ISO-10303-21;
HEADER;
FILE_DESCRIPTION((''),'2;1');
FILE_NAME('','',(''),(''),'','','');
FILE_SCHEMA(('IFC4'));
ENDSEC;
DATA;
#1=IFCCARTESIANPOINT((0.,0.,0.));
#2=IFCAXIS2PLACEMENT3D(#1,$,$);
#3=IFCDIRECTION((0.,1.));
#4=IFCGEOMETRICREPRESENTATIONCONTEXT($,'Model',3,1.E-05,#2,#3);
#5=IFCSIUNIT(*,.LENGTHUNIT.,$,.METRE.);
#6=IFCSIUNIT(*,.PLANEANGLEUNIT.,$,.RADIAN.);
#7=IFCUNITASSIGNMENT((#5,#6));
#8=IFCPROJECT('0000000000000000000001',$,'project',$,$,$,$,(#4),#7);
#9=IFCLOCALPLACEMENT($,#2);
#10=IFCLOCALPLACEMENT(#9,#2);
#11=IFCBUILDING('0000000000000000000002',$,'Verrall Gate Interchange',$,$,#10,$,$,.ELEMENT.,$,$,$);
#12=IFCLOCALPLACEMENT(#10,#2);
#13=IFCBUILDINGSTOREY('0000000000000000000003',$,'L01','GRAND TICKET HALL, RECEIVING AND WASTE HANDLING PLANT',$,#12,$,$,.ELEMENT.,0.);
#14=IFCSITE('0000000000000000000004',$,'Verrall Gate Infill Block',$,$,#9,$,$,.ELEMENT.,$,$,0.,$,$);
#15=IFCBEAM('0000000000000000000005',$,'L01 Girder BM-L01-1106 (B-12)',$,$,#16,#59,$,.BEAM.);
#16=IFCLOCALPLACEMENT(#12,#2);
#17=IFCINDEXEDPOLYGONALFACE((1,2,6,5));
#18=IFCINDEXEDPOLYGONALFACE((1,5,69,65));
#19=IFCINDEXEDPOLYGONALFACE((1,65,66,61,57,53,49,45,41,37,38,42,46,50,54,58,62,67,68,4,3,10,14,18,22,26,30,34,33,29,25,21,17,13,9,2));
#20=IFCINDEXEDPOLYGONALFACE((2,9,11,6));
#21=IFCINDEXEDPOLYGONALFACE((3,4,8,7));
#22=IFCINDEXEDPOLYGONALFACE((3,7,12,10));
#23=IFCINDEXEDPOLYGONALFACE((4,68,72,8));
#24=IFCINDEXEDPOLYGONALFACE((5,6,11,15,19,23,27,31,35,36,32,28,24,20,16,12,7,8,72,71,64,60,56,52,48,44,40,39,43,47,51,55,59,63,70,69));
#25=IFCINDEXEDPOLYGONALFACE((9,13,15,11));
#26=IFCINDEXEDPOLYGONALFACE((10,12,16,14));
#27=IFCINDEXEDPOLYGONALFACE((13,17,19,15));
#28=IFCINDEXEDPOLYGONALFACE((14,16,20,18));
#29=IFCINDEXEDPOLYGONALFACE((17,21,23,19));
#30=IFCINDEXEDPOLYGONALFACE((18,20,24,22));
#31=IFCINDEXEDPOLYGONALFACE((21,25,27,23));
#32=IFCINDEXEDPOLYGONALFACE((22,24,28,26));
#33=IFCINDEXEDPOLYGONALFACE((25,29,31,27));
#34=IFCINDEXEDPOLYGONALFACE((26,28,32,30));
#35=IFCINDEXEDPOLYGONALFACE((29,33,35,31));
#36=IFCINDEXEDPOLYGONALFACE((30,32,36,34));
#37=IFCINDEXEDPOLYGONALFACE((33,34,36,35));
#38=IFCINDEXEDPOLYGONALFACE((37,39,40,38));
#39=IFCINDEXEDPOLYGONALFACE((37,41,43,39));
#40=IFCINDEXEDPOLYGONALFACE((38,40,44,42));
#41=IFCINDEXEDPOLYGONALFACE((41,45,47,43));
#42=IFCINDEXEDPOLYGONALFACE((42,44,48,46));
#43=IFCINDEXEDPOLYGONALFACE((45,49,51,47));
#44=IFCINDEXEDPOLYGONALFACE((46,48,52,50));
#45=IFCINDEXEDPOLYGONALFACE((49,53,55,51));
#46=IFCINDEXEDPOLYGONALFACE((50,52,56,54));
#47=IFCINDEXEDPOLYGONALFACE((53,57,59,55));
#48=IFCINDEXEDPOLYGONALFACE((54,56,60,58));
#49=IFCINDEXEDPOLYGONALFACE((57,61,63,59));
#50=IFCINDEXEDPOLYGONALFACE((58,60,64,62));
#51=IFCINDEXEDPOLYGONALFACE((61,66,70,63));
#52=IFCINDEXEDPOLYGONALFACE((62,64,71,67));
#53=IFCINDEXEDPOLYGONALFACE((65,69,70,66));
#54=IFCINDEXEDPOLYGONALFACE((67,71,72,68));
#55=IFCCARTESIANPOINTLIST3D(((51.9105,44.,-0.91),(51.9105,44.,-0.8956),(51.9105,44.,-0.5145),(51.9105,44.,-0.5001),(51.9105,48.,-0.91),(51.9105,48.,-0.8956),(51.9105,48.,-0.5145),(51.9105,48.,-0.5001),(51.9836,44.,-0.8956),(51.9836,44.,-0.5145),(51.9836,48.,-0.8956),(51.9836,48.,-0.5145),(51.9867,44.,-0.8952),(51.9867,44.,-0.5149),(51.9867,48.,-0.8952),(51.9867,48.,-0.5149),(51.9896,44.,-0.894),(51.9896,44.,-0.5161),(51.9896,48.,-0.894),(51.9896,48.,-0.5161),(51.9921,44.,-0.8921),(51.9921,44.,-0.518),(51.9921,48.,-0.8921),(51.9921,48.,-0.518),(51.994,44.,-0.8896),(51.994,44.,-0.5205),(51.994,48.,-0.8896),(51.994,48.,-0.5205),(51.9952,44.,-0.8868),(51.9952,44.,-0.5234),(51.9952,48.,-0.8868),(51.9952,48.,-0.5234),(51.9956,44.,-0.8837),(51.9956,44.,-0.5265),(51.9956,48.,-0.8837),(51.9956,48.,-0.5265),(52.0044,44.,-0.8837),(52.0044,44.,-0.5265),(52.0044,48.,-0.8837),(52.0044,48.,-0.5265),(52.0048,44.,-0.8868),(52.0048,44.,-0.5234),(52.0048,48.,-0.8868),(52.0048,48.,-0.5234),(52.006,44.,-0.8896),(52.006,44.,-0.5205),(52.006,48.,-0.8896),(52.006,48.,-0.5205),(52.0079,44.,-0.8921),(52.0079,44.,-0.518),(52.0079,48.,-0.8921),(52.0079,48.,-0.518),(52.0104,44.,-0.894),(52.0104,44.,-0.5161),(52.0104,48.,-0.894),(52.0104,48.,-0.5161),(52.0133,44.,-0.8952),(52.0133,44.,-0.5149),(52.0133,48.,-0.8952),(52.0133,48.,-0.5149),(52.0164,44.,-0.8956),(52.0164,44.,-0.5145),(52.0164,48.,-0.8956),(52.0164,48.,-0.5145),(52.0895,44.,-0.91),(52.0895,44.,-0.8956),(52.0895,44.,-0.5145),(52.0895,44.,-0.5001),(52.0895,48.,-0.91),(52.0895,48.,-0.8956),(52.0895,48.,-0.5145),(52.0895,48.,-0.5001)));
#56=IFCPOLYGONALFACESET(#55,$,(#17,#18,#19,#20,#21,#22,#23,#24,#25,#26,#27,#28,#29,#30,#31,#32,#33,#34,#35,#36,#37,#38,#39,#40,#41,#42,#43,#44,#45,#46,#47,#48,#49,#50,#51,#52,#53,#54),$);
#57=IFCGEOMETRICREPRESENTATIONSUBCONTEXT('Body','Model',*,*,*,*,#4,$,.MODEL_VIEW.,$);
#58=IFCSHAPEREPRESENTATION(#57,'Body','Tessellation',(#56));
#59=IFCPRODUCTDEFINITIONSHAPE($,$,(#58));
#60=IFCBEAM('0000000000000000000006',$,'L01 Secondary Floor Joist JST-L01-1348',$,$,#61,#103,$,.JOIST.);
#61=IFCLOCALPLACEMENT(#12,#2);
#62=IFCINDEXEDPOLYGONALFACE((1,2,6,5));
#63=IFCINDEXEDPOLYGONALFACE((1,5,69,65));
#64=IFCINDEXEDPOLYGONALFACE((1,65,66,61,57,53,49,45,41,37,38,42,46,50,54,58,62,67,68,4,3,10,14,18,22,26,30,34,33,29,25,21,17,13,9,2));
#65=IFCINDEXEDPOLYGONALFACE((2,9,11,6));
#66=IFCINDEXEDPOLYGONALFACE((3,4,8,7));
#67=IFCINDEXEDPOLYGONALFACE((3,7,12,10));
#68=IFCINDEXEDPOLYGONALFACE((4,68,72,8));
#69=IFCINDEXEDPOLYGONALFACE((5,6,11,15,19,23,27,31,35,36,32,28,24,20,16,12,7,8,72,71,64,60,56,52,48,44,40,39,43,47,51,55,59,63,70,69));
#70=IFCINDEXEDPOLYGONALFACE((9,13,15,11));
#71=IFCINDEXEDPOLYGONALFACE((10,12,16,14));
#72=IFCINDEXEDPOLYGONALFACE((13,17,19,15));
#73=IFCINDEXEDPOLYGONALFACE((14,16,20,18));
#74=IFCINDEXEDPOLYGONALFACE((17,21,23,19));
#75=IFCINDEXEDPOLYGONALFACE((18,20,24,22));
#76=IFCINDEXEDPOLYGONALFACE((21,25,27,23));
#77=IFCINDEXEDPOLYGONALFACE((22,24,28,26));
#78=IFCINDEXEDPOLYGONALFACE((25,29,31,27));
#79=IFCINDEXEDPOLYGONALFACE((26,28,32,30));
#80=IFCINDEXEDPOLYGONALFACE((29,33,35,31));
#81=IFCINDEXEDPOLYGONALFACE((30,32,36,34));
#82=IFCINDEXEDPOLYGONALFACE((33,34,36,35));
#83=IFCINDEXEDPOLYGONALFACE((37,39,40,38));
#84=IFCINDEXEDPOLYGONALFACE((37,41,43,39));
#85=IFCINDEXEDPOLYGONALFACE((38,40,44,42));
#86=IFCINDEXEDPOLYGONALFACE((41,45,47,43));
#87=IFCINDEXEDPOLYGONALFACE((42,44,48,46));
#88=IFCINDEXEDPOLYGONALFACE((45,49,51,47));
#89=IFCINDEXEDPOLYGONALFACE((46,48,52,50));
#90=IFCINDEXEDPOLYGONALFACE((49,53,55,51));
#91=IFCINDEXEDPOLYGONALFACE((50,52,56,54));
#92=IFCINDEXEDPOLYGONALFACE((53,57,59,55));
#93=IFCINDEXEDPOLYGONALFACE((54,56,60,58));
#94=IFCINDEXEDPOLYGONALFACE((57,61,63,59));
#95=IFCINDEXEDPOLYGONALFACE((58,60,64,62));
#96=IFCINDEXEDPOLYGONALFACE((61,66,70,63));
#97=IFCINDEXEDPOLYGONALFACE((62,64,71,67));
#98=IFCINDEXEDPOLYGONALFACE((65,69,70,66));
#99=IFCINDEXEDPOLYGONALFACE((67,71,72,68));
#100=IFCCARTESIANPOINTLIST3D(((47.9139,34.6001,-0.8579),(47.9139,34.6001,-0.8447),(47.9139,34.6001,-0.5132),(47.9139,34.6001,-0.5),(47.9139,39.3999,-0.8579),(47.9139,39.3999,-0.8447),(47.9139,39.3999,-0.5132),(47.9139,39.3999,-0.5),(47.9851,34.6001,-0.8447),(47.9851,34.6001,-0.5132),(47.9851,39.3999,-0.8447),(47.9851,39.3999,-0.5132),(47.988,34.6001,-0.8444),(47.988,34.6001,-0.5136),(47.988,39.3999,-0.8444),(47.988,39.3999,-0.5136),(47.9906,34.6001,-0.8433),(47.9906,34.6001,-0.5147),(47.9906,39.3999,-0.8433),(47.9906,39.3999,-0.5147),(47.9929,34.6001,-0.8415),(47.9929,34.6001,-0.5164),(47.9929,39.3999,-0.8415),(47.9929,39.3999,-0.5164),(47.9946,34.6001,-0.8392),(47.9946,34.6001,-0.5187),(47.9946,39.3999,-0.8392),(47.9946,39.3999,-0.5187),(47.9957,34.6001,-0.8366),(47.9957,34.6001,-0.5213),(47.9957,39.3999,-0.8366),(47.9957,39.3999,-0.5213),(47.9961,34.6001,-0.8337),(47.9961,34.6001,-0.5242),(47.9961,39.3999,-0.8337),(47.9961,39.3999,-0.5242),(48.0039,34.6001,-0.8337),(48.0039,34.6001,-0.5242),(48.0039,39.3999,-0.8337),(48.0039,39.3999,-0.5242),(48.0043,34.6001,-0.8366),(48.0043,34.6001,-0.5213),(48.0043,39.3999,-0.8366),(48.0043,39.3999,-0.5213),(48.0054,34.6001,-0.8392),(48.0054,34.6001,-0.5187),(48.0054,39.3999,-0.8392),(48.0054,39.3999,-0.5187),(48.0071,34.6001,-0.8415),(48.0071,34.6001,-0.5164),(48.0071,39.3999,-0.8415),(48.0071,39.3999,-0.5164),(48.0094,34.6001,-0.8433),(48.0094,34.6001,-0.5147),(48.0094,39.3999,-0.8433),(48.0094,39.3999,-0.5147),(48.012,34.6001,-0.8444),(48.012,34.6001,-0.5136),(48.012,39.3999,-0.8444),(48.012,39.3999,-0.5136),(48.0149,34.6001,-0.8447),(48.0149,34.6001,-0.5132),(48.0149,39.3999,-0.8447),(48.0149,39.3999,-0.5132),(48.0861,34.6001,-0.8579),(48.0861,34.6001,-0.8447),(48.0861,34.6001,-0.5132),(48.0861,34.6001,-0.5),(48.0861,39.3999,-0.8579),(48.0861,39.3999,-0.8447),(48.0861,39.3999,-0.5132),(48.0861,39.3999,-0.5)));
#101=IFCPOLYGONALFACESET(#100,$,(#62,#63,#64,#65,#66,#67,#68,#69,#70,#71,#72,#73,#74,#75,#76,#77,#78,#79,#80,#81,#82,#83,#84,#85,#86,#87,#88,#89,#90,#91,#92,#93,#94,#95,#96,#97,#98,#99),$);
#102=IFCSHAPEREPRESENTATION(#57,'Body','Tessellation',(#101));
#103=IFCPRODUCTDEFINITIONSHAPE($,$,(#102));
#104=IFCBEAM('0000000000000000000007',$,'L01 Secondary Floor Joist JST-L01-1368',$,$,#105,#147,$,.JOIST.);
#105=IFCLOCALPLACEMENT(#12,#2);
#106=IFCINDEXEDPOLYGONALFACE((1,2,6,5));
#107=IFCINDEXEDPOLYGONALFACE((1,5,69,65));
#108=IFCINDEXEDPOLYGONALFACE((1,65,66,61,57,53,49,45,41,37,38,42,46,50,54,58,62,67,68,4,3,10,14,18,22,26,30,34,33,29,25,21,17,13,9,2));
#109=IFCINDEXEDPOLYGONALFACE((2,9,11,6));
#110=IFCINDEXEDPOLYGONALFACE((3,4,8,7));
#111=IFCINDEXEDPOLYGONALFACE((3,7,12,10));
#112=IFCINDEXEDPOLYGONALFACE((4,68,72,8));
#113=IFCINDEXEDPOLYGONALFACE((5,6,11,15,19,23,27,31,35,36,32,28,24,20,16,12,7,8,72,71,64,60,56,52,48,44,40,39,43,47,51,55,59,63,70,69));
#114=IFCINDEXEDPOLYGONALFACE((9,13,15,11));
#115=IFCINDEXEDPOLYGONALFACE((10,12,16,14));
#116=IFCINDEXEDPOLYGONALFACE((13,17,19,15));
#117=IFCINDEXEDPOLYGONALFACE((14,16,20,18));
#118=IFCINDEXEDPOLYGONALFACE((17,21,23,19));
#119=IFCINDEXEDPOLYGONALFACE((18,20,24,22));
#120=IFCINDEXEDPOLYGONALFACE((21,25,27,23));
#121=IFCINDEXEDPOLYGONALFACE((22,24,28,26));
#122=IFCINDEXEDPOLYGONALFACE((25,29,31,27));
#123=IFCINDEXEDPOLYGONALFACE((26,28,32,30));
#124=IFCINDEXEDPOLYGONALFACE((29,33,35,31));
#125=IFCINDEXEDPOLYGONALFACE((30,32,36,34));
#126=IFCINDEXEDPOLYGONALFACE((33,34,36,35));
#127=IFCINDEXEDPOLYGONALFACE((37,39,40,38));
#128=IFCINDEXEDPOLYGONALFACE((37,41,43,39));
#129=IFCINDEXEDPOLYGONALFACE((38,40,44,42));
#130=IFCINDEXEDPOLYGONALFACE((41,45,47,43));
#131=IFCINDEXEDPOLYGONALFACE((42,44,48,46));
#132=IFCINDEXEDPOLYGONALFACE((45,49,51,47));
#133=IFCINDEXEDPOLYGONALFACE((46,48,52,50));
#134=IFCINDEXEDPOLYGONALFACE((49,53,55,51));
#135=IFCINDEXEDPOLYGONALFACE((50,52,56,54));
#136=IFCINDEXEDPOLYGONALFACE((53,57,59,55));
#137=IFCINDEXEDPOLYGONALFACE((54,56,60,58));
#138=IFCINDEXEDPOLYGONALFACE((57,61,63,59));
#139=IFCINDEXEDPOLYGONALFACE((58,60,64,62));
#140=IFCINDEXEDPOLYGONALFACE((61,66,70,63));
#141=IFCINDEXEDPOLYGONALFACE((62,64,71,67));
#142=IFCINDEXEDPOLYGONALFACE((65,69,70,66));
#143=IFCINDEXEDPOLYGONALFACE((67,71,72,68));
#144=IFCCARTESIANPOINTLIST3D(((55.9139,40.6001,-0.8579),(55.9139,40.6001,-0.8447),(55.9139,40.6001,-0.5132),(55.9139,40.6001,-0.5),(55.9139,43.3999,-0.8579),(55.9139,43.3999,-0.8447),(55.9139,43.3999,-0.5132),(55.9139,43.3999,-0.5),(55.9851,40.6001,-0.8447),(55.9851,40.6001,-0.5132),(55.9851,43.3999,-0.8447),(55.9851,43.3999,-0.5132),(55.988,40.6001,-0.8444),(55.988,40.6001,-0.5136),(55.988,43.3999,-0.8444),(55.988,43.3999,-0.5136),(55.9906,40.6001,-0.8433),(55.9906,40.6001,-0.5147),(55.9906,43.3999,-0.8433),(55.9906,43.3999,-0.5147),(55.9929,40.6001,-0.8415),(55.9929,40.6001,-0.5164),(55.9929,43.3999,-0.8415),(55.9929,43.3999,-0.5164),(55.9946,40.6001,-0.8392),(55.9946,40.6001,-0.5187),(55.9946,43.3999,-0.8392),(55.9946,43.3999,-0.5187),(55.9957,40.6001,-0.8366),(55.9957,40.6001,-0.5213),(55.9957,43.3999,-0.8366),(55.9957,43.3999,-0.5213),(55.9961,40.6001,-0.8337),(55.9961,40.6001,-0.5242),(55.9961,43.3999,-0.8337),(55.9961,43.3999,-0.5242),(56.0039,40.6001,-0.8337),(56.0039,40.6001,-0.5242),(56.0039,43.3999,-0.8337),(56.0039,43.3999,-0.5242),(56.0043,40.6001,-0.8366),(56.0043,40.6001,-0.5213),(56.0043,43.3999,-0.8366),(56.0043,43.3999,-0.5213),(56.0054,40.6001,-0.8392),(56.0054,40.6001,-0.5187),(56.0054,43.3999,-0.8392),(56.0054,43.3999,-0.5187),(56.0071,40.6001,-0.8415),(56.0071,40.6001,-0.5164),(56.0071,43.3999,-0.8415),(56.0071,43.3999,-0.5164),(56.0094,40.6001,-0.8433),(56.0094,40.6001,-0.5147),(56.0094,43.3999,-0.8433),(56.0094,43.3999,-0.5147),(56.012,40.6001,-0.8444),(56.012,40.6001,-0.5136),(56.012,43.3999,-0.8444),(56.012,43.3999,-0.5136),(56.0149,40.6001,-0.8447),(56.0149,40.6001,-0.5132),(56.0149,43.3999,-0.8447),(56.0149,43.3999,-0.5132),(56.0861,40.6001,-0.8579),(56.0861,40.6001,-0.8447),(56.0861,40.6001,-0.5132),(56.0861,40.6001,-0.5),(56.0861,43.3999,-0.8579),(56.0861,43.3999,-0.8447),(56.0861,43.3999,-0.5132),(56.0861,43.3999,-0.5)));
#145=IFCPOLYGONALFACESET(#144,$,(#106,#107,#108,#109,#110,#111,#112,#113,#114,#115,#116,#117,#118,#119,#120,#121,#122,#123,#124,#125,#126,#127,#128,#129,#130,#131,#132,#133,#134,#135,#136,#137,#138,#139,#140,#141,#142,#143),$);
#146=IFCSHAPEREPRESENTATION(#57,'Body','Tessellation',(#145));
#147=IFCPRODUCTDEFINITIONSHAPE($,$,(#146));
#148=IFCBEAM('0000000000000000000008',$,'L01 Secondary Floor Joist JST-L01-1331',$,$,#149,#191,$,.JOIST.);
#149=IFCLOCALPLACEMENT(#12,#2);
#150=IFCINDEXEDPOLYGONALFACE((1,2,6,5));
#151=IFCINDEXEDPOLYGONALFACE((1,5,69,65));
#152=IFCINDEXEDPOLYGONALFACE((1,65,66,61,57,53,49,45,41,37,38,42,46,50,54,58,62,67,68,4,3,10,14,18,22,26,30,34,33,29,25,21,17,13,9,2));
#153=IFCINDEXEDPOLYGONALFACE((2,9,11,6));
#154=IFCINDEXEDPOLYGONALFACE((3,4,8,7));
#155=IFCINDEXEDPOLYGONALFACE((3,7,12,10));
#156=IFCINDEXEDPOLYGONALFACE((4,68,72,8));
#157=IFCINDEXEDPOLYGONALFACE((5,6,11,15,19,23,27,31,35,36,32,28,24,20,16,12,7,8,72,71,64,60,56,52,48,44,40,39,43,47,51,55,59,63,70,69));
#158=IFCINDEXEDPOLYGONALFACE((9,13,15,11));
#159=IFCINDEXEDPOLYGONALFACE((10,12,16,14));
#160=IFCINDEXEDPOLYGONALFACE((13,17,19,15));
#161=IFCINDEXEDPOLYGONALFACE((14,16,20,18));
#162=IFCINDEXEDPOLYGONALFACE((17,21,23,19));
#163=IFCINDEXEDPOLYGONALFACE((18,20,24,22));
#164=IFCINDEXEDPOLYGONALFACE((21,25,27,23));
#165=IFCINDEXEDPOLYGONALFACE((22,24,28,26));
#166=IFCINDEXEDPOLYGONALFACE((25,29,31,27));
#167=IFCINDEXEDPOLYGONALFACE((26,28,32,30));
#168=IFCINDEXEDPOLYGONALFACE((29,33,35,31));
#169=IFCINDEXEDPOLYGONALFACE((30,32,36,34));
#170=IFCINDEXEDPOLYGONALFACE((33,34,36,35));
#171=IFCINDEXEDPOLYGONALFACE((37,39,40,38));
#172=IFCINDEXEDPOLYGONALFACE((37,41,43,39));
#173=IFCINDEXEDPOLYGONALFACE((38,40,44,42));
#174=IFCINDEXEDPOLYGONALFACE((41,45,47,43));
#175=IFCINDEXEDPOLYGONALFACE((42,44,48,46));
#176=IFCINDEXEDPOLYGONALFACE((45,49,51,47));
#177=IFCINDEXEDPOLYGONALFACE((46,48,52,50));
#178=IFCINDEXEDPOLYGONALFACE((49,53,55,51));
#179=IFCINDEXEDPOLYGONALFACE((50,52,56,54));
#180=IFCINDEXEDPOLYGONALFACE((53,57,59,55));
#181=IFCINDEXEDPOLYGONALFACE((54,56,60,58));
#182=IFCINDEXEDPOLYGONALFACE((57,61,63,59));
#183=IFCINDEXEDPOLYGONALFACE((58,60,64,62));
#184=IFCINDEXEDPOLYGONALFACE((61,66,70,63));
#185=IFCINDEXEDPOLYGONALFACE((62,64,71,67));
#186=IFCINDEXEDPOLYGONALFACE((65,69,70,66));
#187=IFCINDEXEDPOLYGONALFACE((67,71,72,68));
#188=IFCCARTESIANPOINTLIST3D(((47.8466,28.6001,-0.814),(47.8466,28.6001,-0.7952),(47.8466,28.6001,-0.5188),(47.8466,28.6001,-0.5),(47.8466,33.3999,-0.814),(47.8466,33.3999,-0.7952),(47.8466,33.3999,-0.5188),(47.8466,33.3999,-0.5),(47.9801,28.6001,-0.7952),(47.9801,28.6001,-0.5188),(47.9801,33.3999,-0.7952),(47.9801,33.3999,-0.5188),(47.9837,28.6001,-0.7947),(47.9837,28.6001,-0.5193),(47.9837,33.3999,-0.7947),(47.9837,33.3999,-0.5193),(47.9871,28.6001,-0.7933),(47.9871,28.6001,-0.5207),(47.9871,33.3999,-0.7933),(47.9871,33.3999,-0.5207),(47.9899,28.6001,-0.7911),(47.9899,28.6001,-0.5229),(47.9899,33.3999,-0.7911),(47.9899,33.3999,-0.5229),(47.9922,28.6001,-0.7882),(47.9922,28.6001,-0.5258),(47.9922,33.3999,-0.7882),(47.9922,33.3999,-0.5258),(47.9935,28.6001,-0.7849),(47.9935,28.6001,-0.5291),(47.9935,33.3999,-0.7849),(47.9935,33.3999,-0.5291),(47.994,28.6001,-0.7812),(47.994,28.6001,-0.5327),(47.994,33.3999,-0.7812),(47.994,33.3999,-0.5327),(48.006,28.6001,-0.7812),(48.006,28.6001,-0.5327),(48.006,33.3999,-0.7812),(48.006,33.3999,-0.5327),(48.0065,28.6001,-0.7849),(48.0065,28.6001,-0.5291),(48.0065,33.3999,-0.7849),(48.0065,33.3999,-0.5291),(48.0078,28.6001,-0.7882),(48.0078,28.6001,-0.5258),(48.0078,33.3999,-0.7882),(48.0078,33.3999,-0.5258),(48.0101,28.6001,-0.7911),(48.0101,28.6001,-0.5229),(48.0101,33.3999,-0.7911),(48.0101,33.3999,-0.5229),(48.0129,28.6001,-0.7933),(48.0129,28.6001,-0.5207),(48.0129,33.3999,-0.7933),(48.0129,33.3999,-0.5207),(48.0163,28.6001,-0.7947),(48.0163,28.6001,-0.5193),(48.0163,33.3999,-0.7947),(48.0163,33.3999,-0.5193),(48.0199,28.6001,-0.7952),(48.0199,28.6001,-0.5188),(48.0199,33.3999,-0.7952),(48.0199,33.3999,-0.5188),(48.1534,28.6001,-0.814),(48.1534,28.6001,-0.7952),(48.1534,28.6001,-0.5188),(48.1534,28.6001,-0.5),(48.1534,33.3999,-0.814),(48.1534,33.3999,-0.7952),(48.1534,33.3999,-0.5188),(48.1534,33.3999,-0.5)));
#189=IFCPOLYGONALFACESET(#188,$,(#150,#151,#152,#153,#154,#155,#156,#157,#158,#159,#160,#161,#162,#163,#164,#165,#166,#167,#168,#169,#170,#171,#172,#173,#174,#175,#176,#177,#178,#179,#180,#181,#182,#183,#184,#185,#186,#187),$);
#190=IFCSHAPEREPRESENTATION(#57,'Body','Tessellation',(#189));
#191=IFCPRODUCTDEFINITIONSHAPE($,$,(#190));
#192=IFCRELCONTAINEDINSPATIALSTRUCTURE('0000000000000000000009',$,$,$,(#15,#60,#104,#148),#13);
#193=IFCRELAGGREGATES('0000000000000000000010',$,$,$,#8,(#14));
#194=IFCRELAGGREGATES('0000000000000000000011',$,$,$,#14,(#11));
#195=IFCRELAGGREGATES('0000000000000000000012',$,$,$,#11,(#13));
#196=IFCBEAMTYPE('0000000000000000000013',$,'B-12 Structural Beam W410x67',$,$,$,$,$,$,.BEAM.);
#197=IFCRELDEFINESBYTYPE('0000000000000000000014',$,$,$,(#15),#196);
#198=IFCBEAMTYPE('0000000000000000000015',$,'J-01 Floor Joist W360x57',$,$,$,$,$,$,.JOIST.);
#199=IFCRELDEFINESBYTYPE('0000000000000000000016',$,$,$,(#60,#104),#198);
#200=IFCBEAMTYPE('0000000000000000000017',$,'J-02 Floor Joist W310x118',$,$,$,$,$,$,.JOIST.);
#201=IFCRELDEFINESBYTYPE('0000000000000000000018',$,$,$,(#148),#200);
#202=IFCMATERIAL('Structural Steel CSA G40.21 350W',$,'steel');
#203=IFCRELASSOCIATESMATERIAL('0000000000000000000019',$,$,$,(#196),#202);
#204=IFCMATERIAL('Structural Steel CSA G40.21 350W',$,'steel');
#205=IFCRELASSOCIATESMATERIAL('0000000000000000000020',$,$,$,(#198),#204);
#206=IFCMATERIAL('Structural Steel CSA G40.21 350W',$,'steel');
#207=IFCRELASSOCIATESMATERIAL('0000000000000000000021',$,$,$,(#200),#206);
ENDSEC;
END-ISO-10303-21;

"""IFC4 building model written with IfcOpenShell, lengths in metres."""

from ifc_helpers import new_model, si_unit, direction, frame, origin, origin_2d, place, context, subcontext, project, spatial, i_section, extrude, material, material_profile, profile_set, type_object, element, save


model = new_model("IFC4")

# Units and contexts
model_context = context("Model", 3, precision=1e-05, world=origin(), true_north=direction((0.0, 1.0)))
body_context = subcontext(model_context, "Body", "Model", "MODEL_VIEW")
ifc_project = project(units=[si_unit("LENGTHUNIT", "METRE"), si_unit("PLANEANGLEUNIT", "RADIAN")], contexts=[model_context])

# Site, building, storey
site_placement = place(None, origin())
site = spatial("IfcSite", under=ifc_project, at=site_placement, Name="Verrall Gate Infill Block", CompositionType="ELEMENT", RefElevation=0.0)
building_placement = place(site_placement, origin())
building = spatial("IfcBuilding", under=site, at=building_placement, Name="Verrall Gate Interchange", CompositionType="ELEMENT")
storey_placement = place(building_placement, origin())
storey = spatial("IfcBuildingStorey", under=building, at=storey_placement, Name="L01", Description="GRAND TICKET HALL, RECEIVING AND WASTE HANDLING PLANT", CompositionType="ELEMENT", Elevation=0.0)

# Beams
ifc_material_1 = material(Name="Structural Steel CSA G40.21 350W", Category="steel")
ifc_material_profile_1 = material_profile(ifc_material_1, i_section(OverallWidth=0.179, OverallDepth=0.4099, WebThickness=0.0088, FlangeThickness=0.0144, FilletRadius=0.012, at=origin_2d()), Name="W410x67")
ifc_profile_set_1 = profile_set([ifc_material_profile_1], Name="Structural Steel CSA G40.21 350W")
beam_type_1 = type_object("IfcBeamType", Name="B-12 Structural Beam W410x67", PredefinedType="BEAM", material=ifc_profile_set_1)
for number, where, z_axis, x_axis, name in (
    (1, (52.0, 44.0, -0.7051), (0.0, 1.0, 0.0), (-1.0, 0.0, 0.0), "L01 Girder BM-L01-1106 (B-12)"),
):
    element("IfcBeam", number, at=place(storey_placement, frame(where, z_axis=z_axis, x_axis=x_axis)), inside=storey, type_object=beam_type_1, Name=name, PredefinedType="BEAM", context=body_context, shape_type="SweptSolid", body=[
        extrude(i_section(OverallWidth=0.179, OverallDepth=0.4099, WebThickness=0.0088, FlangeThickness=0.0144, FilletRadius=0.012, at=origin_2d()), origin(), (0.0, 0.0, 1.0), 4.0),
    ])
ifc_material_2 = material(Name="Structural Steel CSA G40.21 350W", Category="steel")
ifc_material_profile_2 = material_profile(ifc_material_2, i_section(OverallWidth=0.1721, OverallDepth=0.3579, WebThickness=0.0078, FlangeThickness=0.0132, FilletRadius=0.011, at=origin_2d()), Name="W360x57")
ifc_profile_set_2 = profile_set([ifc_material_profile_2], Name="Structural Steel CSA G40.21 350W")
beam_type_2 = type_object("IfcBeamType", Name="J-01 Floor Joist W360x57", PredefinedType="JOIST", material=ifc_profile_set_2)
beam_1_placement = place(storey_placement, frame((48.0, 34.6001, -0.679), z_axis=(0.0, 1.0, 0.0), x_axis=(-1.0, 0.0, 0.0)))
element("IfcBeam", 2, at=beam_1_placement, inside=storey, type_object=beam_type_2, Name="L01 Secondary Floor Joist JST-L01-1348", PredefinedType="JOIST", context=body_context, shape_type="SweptSolid", body=[
    extrude(i_section(OverallWidth=0.1721, OverallDepth=0.3579, WebThickness=0.0078, FlangeThickness=0.0132, FilletRadius=0.011, at=origin_2d()), origin(), (0.0, 0.0, 1.0), 4.7998),
])
beam_2_placement = place(storey_placement, frame((56.0, 40.6001, -0.679), z_axis=(0.0, 1.0, 0.0), x_axis=(-1.0, 0.0, 0.0)))
element("IfcBeam", 3, at=beam_2_placement, inside=storey, type_object=beam_type_2, Name="L01 Secondary Floor Joist JST-L01-1368", PredefinedType="JOIST", context=body_context, shape_type="SweptSolid", body=[
    extrude(i_section(OverallWidth=0.1721, OverallDepth=0.3579, WebThickness=0.0078, FlangeThickness=0.0132, FilletRadius=0.011, at=origin_2d()), origin(), (0.0, 0.0, 1.0), 2.7998),
])
ifc_material_3 = material(Name="Structural Steel CSA G40.21 350W", Category="steel")
ifc_material_profile_3 = material_profile(ifc_material_3, i_section(OverallWidth=0.3069, OverallDepth=0.314, WebThickness=0.012, FlangeThickness=0.0188, FilletRadius=0.0139, at=origin_2d()), Name="W310x118")
ifc_profile_set_3 = profile_set([ifc_material_profile_3], Name="Structural Steel CSA G40.21 350W")
beam_type_3 = type_object("IfcBeamType", Name="J-02 Floor Joist W310x118", PredefinedType="JOIST", material=ifc_profile_set_3)
for number, where, z_axis, x_axis, name in (
    (4, (48.0, 28.6001, -0.657), (0.0, 1.0, 0.0), (-1.0, 0.0, 0.0), "L01 Secondary Floor Joist JST-L01-1331"),
):
    element("IfcBeam", number, at=place(storey_placement, frame(where, z_axis=z_axis, x_axis=x_axis)), inside=storey, type_object=beam_type_3, Name=name, PredefinedType="JOIST", context=body_context, shape_type="SweptSolid", body=[
        extrude(i_section(OverallWidth=0.3069, OverallDepth=0.314, WebThickness=0.012, FlangeThickness=0.0188, FilletRadius=0.0139, at=origin_2d()), origin(), (0.0, 0.0, 1.0), 4.7998),
    ])

save(model, "model.ifc")
